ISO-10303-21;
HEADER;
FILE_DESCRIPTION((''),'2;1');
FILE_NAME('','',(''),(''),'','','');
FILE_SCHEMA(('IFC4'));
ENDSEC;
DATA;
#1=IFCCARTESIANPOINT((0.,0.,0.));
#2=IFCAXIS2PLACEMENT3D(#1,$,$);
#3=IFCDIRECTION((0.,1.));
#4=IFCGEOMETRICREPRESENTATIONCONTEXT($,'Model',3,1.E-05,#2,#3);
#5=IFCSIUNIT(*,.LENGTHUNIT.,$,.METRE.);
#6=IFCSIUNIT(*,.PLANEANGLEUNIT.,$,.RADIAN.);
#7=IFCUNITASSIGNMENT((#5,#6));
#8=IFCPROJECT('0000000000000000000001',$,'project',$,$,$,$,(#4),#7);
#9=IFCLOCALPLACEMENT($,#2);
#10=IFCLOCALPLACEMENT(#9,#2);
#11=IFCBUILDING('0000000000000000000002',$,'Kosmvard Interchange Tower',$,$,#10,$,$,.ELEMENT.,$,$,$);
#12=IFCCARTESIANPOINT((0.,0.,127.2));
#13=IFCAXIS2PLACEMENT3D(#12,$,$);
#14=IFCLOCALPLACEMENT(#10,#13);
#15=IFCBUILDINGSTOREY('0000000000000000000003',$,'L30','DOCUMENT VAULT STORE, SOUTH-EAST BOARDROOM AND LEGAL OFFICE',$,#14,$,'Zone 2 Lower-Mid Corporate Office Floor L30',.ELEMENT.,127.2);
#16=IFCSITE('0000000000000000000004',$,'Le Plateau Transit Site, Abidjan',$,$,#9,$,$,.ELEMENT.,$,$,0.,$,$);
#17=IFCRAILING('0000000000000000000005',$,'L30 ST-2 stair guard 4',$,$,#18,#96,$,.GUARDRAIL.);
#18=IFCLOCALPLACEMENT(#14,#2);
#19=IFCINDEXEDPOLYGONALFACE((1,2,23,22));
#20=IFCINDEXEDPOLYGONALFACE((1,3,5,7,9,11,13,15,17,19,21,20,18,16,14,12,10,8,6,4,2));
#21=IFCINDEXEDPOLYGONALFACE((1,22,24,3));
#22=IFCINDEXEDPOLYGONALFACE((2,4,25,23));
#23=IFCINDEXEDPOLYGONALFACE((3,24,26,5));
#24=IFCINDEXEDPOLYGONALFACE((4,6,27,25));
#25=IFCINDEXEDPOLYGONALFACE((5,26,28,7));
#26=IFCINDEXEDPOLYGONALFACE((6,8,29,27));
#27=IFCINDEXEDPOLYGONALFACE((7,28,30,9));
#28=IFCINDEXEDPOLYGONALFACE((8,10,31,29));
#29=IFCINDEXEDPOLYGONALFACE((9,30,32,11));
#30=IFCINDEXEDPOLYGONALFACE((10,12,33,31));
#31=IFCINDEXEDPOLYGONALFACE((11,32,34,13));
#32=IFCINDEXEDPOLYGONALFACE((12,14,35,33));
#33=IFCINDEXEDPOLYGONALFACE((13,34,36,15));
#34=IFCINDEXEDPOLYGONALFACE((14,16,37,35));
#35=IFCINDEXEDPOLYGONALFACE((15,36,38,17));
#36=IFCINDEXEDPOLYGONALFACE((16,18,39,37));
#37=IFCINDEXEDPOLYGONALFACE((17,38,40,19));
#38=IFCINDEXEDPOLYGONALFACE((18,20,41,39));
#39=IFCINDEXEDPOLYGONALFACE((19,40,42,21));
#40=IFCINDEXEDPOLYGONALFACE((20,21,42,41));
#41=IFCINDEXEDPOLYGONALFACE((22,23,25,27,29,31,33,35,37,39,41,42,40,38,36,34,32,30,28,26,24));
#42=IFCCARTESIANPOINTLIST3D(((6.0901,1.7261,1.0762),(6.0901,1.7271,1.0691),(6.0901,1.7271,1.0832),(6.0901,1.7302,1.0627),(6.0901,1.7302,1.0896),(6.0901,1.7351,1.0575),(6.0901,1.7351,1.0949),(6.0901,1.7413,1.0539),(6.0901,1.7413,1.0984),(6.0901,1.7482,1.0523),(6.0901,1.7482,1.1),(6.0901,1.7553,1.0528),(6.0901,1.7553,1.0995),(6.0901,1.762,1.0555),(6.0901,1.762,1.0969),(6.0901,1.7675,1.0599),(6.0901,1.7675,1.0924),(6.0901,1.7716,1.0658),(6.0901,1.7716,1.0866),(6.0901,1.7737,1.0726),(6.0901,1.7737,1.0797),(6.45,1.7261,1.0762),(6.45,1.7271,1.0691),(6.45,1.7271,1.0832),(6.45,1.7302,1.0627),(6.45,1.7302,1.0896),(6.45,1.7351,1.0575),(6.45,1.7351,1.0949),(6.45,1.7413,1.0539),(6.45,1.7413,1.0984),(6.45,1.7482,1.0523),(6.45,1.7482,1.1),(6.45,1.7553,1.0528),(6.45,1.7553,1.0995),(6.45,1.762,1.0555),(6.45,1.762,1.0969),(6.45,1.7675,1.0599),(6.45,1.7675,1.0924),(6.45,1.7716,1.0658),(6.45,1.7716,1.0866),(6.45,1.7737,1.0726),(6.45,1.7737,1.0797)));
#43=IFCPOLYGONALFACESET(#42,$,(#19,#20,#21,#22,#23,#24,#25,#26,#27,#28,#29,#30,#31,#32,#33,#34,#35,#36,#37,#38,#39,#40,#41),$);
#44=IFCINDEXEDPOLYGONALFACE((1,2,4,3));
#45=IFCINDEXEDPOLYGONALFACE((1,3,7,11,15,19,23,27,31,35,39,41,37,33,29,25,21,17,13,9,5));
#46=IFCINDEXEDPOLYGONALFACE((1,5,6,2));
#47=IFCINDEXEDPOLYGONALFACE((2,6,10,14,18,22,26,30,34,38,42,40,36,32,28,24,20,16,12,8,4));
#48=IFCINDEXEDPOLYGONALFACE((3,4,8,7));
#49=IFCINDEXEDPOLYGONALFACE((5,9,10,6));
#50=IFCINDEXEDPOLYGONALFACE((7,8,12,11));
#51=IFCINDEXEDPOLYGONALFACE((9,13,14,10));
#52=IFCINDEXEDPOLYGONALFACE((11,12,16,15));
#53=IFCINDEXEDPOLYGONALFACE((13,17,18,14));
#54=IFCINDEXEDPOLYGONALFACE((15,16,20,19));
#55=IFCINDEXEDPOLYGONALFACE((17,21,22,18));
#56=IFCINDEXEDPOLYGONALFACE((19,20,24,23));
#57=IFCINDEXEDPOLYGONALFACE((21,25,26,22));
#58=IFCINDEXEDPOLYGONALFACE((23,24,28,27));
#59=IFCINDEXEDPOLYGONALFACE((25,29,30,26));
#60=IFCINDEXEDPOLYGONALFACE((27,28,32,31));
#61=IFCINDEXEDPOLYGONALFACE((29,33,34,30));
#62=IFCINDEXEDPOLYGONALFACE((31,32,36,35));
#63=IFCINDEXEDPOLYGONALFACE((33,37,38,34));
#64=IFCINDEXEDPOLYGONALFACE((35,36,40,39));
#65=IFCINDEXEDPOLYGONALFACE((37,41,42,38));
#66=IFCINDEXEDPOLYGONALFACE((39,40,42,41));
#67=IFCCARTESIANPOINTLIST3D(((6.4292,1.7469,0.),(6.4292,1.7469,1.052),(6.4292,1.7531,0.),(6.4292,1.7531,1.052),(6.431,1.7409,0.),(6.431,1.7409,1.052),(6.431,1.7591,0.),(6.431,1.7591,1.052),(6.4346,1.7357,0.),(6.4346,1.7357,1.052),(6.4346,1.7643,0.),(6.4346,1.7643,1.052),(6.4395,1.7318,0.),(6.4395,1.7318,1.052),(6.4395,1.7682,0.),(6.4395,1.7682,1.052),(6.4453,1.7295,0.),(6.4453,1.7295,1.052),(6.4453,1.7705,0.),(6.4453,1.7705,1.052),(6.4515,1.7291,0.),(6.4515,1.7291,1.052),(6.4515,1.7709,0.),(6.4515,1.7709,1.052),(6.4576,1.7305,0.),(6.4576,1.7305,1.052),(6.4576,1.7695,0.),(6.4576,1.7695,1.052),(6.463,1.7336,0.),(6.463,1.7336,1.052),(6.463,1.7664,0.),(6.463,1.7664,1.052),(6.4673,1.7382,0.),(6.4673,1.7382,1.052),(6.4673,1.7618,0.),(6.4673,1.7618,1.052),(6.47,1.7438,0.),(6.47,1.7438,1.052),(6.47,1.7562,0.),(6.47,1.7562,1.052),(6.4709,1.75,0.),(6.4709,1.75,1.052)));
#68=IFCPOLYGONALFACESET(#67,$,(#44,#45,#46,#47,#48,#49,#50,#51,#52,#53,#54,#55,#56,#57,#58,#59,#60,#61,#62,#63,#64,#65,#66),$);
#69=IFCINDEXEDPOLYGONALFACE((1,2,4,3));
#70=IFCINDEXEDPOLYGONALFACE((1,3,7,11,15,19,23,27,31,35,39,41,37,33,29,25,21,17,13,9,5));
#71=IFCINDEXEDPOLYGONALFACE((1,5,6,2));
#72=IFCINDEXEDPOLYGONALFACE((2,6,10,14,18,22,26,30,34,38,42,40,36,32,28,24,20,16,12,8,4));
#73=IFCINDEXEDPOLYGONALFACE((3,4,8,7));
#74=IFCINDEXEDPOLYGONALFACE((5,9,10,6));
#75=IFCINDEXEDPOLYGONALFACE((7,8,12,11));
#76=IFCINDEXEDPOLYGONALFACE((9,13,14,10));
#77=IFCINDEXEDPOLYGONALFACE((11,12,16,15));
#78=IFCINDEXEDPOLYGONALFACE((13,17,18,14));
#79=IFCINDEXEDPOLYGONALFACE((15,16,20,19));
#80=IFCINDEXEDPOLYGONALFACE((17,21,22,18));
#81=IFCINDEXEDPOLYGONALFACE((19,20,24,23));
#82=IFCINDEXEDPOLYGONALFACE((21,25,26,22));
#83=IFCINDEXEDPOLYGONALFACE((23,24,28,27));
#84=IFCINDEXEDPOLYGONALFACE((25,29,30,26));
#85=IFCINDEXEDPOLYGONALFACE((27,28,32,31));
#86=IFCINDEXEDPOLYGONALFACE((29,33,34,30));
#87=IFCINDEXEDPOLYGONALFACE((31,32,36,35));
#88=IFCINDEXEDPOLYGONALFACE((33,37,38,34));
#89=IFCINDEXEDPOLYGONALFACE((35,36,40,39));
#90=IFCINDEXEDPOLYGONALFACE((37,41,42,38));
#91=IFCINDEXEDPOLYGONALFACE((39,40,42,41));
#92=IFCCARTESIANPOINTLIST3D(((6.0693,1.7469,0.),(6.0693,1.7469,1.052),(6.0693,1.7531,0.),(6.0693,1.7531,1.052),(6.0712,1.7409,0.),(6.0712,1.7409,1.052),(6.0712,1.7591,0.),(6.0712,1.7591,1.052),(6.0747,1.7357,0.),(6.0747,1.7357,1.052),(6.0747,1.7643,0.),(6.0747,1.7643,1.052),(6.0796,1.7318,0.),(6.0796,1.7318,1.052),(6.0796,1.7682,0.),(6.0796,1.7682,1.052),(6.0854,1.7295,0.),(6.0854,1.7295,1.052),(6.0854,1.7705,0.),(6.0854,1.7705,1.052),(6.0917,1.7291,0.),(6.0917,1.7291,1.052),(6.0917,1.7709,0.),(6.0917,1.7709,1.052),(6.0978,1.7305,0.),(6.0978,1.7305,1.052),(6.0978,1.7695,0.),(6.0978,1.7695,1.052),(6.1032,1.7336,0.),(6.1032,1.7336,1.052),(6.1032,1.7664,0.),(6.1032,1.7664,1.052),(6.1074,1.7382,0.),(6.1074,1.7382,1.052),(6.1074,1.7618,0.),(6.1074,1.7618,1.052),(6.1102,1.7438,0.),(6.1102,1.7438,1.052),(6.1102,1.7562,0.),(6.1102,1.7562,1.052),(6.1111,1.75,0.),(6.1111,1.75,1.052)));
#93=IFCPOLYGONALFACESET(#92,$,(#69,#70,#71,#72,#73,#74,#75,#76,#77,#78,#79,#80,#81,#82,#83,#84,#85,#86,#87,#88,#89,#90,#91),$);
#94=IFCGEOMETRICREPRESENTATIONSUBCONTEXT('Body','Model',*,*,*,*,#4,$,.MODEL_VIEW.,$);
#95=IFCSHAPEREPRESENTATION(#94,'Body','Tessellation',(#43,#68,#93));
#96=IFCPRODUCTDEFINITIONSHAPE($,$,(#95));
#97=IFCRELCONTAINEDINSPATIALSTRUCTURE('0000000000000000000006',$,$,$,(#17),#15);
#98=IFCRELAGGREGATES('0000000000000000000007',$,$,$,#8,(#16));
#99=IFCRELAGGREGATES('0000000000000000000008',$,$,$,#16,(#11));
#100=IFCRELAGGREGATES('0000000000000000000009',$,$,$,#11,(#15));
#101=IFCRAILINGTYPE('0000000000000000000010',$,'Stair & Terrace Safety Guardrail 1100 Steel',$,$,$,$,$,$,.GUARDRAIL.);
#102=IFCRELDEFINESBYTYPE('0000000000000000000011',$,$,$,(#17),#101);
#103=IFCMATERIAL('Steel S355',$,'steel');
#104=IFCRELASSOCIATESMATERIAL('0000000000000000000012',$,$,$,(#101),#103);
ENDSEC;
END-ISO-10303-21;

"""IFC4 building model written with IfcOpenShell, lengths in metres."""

from ifc_helpers import new_model, si_unit, direction, frame, origin, origin_2d, place, context, subcontext, project, spatial, circle, extrude, source, transform, mapped, material, type_object, element, save


model = new_model("IFC4")

# Units and contexts
model_context = context("Model", 3, precision=1e-05, world=origin(), true_north=direction((0.0, 1.0)))
body_context = subcontext(model_context, "Body", "Model", "MODEL_VIEW")
ifc_project = project(units=[si_unit("LENGTHUNIT", "METRE"), si_unit("PLANEANGLEUNIT", "RADIAN")], contexts=[model_context])

# Site, building, storey
site_placement = place(None, origin())
site = spatial("IfcSite", under=ifc_project, at=site_placement, Name="Le Plateau Transit Site, Abidjan", CompositionType="ELEMENT", RefElevation=0.0)
building_placement = place(site_placement, origin())
building = spatial("IfcBuilding", under=site, at=building_placement, Name="Kosmvard Interchange Tower", CompositionType="ELEMENT")
storey_placement = place(building_placement, frame((0.0, 0.0, 127.2)))
storey = spatial("IfcBuildingStorey", under=building, at=storey_placement, Name="L30", Description="DOCUMENT VAULT STORE, SOUTH-EAST BOARDROOM AND LEGAL OFFICE", LongName="Zone 2 Lower-Mid Corporate Office Floor L30", CompositionType="ELEMENT", Elevation=127.2)

# Shared definitions
ifc_material_1 = material(Name="Steel S355", Category="steel")

# Railing
railing_type_1 = type_object("IfcRailingType", Name="Stair & Terrace Safety Guardrail 1100 Steel", PredefinedType="GUARDRAIL", material=ifc_material_1)
shared_shape_1 = source(origin(), body_context, "Body", "SweptSolid", [
    extrude(circle(Radius=0.0239, at=origin_2d()), frame((0.0, 0.0, 1.0762), z_axis=(-1.0, 0.0, 0.0), x_axis=(0.0, -1.0, 0.0)), (0.0, 0.0, 1.0), 0.3599),
    extrude(circle(Radius=0.021, at=origin_2d()), origin(), (0.0, 0.0, 1.0), 1.052),
    extrude(circle(Radius=0.021, at=origin_2d()), frame((-0.3599, 0.0, 0.0)), (0.0, 0.0, 1.0), 1.052),
])
for number, where, name in (
    (1, (6.45, 1.75, 0.0), "L30 ST-2 stair guard 4"),
):
    element("IfcRailing", number, at=place(storey_placement, frame(where)), inside=storey, type_object=railing_type_1, Name=name, PredefinedType="GUARDRAIL", context=body_context, shape_type="MappedRepresentation", body=[
        mapped(shared_shape_1, transform((0.0, 0.0, 0.0), scale=1.0)),
    ])

save(model, "model.ifc")
